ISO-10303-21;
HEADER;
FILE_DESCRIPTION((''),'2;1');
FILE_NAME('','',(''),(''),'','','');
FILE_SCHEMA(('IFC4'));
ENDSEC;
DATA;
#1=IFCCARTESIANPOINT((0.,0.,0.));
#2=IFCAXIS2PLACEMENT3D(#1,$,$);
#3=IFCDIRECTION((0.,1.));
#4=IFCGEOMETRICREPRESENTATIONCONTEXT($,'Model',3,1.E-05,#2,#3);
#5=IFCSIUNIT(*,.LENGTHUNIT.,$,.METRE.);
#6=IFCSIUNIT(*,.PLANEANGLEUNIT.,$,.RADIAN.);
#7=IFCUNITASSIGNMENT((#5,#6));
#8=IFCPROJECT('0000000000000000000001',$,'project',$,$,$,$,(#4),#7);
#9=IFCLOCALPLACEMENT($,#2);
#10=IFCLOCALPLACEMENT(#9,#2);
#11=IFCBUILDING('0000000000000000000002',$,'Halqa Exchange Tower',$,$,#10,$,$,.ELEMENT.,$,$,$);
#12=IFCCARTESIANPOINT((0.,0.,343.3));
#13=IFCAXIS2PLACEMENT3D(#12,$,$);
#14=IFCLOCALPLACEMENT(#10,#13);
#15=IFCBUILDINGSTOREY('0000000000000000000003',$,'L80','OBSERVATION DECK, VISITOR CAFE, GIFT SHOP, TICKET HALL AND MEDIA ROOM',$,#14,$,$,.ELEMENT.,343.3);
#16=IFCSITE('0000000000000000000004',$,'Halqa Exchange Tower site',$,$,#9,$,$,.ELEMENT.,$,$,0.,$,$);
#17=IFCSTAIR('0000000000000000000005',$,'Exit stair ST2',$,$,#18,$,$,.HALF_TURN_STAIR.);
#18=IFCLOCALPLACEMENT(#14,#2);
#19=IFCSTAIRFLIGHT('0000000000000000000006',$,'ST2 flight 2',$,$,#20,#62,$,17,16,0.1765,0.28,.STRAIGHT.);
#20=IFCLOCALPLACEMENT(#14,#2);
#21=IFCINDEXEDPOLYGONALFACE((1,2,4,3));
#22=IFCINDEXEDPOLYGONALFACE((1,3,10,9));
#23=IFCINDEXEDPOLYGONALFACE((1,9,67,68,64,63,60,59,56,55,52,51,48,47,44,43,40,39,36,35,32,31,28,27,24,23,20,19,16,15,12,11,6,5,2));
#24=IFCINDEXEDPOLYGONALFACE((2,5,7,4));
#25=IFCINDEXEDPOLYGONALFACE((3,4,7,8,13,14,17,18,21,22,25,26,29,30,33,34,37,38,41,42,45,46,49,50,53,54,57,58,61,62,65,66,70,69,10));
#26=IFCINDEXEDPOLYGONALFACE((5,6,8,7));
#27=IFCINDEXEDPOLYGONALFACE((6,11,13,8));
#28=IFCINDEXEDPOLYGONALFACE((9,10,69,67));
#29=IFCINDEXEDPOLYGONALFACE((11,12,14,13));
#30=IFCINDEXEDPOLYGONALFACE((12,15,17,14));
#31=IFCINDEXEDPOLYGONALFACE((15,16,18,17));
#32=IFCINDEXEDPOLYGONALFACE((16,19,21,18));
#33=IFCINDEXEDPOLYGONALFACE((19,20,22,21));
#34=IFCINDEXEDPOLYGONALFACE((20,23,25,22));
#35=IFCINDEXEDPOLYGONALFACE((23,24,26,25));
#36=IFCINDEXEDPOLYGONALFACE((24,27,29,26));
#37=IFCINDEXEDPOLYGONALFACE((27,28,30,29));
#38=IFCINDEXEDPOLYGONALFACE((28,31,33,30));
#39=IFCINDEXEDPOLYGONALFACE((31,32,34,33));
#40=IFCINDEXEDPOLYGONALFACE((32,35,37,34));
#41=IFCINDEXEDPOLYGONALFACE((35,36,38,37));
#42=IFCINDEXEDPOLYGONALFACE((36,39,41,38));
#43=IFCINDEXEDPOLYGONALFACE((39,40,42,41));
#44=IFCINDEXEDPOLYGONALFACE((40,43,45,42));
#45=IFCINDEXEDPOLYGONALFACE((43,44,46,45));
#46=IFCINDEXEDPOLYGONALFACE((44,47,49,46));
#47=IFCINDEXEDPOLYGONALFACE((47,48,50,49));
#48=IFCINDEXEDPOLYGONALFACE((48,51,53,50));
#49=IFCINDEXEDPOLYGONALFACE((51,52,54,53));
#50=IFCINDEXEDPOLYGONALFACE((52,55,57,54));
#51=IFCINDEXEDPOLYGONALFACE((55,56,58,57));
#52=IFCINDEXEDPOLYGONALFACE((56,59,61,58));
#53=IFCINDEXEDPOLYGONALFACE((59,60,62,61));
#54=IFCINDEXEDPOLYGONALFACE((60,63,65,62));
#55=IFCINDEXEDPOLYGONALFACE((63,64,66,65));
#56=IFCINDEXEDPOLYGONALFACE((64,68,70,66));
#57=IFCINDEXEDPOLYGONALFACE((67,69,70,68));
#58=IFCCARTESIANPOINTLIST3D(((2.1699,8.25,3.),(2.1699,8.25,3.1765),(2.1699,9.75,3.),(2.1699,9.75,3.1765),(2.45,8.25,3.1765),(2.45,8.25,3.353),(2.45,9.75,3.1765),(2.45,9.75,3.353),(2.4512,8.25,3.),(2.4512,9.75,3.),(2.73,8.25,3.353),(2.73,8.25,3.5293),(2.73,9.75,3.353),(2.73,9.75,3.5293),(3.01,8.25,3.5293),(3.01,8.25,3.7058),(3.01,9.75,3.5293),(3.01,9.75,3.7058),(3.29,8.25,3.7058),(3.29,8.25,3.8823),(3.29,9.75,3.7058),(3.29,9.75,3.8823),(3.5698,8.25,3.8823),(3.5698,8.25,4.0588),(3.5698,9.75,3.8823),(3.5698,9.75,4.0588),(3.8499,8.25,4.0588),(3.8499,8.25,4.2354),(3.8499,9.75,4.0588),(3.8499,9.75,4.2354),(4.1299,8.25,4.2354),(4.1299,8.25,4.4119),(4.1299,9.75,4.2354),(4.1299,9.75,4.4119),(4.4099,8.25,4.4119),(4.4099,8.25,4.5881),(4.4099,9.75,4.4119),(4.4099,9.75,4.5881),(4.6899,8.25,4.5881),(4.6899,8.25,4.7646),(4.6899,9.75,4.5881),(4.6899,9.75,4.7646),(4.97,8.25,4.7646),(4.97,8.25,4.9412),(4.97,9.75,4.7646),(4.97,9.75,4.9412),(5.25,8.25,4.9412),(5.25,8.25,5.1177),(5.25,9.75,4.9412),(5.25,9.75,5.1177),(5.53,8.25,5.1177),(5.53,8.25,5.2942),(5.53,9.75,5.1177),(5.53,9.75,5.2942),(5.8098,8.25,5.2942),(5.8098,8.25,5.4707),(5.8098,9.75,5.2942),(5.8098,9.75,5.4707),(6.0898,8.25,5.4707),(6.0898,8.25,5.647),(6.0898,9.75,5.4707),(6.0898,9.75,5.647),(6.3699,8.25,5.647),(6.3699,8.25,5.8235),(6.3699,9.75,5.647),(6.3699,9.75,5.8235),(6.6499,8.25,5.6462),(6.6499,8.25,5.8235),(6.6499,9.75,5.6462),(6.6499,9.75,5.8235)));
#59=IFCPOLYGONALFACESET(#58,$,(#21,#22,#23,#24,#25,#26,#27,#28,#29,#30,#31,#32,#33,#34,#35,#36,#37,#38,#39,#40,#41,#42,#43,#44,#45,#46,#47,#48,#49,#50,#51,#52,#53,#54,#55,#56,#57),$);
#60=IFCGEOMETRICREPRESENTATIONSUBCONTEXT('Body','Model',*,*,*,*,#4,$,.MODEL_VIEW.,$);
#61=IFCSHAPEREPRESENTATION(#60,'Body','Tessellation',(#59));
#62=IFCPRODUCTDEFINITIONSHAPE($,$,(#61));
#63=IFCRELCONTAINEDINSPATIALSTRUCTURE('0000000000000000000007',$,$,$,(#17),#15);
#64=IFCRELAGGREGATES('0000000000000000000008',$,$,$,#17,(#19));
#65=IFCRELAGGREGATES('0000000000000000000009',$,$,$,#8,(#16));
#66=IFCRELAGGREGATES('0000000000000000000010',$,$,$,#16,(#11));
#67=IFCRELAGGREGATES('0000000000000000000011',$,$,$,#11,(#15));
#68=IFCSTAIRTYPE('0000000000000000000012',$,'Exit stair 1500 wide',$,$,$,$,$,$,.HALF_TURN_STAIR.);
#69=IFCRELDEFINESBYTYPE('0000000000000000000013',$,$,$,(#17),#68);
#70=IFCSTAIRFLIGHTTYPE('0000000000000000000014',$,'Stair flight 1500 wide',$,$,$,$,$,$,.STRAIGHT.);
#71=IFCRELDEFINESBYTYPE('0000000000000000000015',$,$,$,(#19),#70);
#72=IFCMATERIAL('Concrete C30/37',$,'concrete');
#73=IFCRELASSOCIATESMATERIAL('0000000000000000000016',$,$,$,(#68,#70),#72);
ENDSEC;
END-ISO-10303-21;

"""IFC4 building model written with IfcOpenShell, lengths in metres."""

from ifc_helpers import new_model, si_unit, direction, frame, origin, place, context, subcontext, project, spatial, polyline, outline, extrude, material, type_object, element, aggregate, save


model = new_model("IFC4")

# Units and contexts
model_context = context("Model", 3, precision=1e-05, world=origin(), true_north=direction((0.0, 1.0)))
body_context = subcontext(model_context, "Body", "Model", "MODEL_VIEW")
ifc_project = project(units=[si_unit("LENGTHUNIT", "METRE"), si_unit("PLANEANGLEUNIT", "RADIAN")], contexts=[model_context])

# Site, building, storey
site_placement = place(None, origin())
site = spatial("IfcSite", under=ifc_project, at=site_placement, Name="Halqa Exchange Tower site", CompositionType="ELEMENT", RefElevation=0.0)
building_placement = place(site_placement, origin())
building = spatial("IfcBuilding", under=site, at=building_placement, Name="Halqa Exchange Tower", CompositionType="ELEMENT")
storey_placement = place(building_placement, frame((0.0, 0.0, 343.3)))
storey = spatial("IfcBuildingStorey", under=building, at=storey_placement, Name="L80", Description="OBSERVATION DECK, VISITOR CAFE, GIFT SHOP, TICKET HALL AND MEDIA ROOM", CompositionType="ELEMENT", Elevation=343.3)

# Stair
ifc_material_1 = material(Name="Concrete C30/37", Category="concrete")
stair_type = type_object("IfcStairType", Name="Exit stair 1500 wide", PredefinedType="HALF_TURN_STAIR", material=ifc_material_1)
stair_1_placement = place(storey_placement, origin())
stair_1 = element("IfcStair", 1, at=stair_1_placement, inside=storey, type_object=stair_type, Name="Exit stair ST2", PredefinedType="HALF_TURN_STAIR")

# Stair flight
stair_flight_type = type_object("IfcStairFlightType", Name="Stair flight 1500 wide", PredefinedType="STRAIGHT", material=ifc_material_1)
stair_flight_1_placement = place(storey_placement, frame((2.1699, 9.0, 3.0), z_axis=(0.0, 0.0, 1.0), x_axis=(1.0, 0.0, 0.0)))
stair_flight_1 = element("IfcStairFlight", 2, at=stair_flight_1_placement, type_object=stair_flight_type, Name="ST2 flight 2", NumberOfRisers=17, NumberOfTreads=16, PredefinedType="STRAIGHT", RiserHeight=0.1765, TreadLength=0.28, context=body_context, shape_type="SweptSolid", body=[
    extrude(outline(polyline([(0.0, 0.0), (0.0, 0.1765), (0.28, 0.1765), (0.28, 0.353), (0.5601, 0.353), (0.5601, 0.5293), (0.8401, 0.5293), (0.8401, 0.7058), (1.1201, 0.7058), (1.1201, 0.8823), (1.3999, 0.8823), (1.3999, 1.0588), (1.6799, 1.0588), (1.6799, 1.2354), (1.96, 1.2354), (1.96, 1.4119), (2.24, 1.4119), (2.24, 1.5881), (2.52, 1.5881), (2.52, 1.7646), (2.8, 1.7646), (2.8, 1.9412), (3.0801, 1.9412), (3.0801, 2.1177), (3.3601, 2.1177), (3.3601, 2.2942), (3.6399, 2.2942), (3.6399, 2.4707), (3.9199, 2.4707), (3.9199, 2.647), (4.2, 2.647), (4.2, 2.8235), (4.48, 2.8235), (4.48, 3.0), (4.48, 2.6462), (0.2812, 0.0), (0.0, 0.0)])), frame((0.0, 0.75, 0.0), z_axis=(0.0, -1.0, 0.0), x_axis=(1.0, 0.0, 0.0)), (0.0, 0.0, 1.0), 1.5),
])
aggregate(stair_1, [stair_flight_1])

save(model, "model.ifc")
